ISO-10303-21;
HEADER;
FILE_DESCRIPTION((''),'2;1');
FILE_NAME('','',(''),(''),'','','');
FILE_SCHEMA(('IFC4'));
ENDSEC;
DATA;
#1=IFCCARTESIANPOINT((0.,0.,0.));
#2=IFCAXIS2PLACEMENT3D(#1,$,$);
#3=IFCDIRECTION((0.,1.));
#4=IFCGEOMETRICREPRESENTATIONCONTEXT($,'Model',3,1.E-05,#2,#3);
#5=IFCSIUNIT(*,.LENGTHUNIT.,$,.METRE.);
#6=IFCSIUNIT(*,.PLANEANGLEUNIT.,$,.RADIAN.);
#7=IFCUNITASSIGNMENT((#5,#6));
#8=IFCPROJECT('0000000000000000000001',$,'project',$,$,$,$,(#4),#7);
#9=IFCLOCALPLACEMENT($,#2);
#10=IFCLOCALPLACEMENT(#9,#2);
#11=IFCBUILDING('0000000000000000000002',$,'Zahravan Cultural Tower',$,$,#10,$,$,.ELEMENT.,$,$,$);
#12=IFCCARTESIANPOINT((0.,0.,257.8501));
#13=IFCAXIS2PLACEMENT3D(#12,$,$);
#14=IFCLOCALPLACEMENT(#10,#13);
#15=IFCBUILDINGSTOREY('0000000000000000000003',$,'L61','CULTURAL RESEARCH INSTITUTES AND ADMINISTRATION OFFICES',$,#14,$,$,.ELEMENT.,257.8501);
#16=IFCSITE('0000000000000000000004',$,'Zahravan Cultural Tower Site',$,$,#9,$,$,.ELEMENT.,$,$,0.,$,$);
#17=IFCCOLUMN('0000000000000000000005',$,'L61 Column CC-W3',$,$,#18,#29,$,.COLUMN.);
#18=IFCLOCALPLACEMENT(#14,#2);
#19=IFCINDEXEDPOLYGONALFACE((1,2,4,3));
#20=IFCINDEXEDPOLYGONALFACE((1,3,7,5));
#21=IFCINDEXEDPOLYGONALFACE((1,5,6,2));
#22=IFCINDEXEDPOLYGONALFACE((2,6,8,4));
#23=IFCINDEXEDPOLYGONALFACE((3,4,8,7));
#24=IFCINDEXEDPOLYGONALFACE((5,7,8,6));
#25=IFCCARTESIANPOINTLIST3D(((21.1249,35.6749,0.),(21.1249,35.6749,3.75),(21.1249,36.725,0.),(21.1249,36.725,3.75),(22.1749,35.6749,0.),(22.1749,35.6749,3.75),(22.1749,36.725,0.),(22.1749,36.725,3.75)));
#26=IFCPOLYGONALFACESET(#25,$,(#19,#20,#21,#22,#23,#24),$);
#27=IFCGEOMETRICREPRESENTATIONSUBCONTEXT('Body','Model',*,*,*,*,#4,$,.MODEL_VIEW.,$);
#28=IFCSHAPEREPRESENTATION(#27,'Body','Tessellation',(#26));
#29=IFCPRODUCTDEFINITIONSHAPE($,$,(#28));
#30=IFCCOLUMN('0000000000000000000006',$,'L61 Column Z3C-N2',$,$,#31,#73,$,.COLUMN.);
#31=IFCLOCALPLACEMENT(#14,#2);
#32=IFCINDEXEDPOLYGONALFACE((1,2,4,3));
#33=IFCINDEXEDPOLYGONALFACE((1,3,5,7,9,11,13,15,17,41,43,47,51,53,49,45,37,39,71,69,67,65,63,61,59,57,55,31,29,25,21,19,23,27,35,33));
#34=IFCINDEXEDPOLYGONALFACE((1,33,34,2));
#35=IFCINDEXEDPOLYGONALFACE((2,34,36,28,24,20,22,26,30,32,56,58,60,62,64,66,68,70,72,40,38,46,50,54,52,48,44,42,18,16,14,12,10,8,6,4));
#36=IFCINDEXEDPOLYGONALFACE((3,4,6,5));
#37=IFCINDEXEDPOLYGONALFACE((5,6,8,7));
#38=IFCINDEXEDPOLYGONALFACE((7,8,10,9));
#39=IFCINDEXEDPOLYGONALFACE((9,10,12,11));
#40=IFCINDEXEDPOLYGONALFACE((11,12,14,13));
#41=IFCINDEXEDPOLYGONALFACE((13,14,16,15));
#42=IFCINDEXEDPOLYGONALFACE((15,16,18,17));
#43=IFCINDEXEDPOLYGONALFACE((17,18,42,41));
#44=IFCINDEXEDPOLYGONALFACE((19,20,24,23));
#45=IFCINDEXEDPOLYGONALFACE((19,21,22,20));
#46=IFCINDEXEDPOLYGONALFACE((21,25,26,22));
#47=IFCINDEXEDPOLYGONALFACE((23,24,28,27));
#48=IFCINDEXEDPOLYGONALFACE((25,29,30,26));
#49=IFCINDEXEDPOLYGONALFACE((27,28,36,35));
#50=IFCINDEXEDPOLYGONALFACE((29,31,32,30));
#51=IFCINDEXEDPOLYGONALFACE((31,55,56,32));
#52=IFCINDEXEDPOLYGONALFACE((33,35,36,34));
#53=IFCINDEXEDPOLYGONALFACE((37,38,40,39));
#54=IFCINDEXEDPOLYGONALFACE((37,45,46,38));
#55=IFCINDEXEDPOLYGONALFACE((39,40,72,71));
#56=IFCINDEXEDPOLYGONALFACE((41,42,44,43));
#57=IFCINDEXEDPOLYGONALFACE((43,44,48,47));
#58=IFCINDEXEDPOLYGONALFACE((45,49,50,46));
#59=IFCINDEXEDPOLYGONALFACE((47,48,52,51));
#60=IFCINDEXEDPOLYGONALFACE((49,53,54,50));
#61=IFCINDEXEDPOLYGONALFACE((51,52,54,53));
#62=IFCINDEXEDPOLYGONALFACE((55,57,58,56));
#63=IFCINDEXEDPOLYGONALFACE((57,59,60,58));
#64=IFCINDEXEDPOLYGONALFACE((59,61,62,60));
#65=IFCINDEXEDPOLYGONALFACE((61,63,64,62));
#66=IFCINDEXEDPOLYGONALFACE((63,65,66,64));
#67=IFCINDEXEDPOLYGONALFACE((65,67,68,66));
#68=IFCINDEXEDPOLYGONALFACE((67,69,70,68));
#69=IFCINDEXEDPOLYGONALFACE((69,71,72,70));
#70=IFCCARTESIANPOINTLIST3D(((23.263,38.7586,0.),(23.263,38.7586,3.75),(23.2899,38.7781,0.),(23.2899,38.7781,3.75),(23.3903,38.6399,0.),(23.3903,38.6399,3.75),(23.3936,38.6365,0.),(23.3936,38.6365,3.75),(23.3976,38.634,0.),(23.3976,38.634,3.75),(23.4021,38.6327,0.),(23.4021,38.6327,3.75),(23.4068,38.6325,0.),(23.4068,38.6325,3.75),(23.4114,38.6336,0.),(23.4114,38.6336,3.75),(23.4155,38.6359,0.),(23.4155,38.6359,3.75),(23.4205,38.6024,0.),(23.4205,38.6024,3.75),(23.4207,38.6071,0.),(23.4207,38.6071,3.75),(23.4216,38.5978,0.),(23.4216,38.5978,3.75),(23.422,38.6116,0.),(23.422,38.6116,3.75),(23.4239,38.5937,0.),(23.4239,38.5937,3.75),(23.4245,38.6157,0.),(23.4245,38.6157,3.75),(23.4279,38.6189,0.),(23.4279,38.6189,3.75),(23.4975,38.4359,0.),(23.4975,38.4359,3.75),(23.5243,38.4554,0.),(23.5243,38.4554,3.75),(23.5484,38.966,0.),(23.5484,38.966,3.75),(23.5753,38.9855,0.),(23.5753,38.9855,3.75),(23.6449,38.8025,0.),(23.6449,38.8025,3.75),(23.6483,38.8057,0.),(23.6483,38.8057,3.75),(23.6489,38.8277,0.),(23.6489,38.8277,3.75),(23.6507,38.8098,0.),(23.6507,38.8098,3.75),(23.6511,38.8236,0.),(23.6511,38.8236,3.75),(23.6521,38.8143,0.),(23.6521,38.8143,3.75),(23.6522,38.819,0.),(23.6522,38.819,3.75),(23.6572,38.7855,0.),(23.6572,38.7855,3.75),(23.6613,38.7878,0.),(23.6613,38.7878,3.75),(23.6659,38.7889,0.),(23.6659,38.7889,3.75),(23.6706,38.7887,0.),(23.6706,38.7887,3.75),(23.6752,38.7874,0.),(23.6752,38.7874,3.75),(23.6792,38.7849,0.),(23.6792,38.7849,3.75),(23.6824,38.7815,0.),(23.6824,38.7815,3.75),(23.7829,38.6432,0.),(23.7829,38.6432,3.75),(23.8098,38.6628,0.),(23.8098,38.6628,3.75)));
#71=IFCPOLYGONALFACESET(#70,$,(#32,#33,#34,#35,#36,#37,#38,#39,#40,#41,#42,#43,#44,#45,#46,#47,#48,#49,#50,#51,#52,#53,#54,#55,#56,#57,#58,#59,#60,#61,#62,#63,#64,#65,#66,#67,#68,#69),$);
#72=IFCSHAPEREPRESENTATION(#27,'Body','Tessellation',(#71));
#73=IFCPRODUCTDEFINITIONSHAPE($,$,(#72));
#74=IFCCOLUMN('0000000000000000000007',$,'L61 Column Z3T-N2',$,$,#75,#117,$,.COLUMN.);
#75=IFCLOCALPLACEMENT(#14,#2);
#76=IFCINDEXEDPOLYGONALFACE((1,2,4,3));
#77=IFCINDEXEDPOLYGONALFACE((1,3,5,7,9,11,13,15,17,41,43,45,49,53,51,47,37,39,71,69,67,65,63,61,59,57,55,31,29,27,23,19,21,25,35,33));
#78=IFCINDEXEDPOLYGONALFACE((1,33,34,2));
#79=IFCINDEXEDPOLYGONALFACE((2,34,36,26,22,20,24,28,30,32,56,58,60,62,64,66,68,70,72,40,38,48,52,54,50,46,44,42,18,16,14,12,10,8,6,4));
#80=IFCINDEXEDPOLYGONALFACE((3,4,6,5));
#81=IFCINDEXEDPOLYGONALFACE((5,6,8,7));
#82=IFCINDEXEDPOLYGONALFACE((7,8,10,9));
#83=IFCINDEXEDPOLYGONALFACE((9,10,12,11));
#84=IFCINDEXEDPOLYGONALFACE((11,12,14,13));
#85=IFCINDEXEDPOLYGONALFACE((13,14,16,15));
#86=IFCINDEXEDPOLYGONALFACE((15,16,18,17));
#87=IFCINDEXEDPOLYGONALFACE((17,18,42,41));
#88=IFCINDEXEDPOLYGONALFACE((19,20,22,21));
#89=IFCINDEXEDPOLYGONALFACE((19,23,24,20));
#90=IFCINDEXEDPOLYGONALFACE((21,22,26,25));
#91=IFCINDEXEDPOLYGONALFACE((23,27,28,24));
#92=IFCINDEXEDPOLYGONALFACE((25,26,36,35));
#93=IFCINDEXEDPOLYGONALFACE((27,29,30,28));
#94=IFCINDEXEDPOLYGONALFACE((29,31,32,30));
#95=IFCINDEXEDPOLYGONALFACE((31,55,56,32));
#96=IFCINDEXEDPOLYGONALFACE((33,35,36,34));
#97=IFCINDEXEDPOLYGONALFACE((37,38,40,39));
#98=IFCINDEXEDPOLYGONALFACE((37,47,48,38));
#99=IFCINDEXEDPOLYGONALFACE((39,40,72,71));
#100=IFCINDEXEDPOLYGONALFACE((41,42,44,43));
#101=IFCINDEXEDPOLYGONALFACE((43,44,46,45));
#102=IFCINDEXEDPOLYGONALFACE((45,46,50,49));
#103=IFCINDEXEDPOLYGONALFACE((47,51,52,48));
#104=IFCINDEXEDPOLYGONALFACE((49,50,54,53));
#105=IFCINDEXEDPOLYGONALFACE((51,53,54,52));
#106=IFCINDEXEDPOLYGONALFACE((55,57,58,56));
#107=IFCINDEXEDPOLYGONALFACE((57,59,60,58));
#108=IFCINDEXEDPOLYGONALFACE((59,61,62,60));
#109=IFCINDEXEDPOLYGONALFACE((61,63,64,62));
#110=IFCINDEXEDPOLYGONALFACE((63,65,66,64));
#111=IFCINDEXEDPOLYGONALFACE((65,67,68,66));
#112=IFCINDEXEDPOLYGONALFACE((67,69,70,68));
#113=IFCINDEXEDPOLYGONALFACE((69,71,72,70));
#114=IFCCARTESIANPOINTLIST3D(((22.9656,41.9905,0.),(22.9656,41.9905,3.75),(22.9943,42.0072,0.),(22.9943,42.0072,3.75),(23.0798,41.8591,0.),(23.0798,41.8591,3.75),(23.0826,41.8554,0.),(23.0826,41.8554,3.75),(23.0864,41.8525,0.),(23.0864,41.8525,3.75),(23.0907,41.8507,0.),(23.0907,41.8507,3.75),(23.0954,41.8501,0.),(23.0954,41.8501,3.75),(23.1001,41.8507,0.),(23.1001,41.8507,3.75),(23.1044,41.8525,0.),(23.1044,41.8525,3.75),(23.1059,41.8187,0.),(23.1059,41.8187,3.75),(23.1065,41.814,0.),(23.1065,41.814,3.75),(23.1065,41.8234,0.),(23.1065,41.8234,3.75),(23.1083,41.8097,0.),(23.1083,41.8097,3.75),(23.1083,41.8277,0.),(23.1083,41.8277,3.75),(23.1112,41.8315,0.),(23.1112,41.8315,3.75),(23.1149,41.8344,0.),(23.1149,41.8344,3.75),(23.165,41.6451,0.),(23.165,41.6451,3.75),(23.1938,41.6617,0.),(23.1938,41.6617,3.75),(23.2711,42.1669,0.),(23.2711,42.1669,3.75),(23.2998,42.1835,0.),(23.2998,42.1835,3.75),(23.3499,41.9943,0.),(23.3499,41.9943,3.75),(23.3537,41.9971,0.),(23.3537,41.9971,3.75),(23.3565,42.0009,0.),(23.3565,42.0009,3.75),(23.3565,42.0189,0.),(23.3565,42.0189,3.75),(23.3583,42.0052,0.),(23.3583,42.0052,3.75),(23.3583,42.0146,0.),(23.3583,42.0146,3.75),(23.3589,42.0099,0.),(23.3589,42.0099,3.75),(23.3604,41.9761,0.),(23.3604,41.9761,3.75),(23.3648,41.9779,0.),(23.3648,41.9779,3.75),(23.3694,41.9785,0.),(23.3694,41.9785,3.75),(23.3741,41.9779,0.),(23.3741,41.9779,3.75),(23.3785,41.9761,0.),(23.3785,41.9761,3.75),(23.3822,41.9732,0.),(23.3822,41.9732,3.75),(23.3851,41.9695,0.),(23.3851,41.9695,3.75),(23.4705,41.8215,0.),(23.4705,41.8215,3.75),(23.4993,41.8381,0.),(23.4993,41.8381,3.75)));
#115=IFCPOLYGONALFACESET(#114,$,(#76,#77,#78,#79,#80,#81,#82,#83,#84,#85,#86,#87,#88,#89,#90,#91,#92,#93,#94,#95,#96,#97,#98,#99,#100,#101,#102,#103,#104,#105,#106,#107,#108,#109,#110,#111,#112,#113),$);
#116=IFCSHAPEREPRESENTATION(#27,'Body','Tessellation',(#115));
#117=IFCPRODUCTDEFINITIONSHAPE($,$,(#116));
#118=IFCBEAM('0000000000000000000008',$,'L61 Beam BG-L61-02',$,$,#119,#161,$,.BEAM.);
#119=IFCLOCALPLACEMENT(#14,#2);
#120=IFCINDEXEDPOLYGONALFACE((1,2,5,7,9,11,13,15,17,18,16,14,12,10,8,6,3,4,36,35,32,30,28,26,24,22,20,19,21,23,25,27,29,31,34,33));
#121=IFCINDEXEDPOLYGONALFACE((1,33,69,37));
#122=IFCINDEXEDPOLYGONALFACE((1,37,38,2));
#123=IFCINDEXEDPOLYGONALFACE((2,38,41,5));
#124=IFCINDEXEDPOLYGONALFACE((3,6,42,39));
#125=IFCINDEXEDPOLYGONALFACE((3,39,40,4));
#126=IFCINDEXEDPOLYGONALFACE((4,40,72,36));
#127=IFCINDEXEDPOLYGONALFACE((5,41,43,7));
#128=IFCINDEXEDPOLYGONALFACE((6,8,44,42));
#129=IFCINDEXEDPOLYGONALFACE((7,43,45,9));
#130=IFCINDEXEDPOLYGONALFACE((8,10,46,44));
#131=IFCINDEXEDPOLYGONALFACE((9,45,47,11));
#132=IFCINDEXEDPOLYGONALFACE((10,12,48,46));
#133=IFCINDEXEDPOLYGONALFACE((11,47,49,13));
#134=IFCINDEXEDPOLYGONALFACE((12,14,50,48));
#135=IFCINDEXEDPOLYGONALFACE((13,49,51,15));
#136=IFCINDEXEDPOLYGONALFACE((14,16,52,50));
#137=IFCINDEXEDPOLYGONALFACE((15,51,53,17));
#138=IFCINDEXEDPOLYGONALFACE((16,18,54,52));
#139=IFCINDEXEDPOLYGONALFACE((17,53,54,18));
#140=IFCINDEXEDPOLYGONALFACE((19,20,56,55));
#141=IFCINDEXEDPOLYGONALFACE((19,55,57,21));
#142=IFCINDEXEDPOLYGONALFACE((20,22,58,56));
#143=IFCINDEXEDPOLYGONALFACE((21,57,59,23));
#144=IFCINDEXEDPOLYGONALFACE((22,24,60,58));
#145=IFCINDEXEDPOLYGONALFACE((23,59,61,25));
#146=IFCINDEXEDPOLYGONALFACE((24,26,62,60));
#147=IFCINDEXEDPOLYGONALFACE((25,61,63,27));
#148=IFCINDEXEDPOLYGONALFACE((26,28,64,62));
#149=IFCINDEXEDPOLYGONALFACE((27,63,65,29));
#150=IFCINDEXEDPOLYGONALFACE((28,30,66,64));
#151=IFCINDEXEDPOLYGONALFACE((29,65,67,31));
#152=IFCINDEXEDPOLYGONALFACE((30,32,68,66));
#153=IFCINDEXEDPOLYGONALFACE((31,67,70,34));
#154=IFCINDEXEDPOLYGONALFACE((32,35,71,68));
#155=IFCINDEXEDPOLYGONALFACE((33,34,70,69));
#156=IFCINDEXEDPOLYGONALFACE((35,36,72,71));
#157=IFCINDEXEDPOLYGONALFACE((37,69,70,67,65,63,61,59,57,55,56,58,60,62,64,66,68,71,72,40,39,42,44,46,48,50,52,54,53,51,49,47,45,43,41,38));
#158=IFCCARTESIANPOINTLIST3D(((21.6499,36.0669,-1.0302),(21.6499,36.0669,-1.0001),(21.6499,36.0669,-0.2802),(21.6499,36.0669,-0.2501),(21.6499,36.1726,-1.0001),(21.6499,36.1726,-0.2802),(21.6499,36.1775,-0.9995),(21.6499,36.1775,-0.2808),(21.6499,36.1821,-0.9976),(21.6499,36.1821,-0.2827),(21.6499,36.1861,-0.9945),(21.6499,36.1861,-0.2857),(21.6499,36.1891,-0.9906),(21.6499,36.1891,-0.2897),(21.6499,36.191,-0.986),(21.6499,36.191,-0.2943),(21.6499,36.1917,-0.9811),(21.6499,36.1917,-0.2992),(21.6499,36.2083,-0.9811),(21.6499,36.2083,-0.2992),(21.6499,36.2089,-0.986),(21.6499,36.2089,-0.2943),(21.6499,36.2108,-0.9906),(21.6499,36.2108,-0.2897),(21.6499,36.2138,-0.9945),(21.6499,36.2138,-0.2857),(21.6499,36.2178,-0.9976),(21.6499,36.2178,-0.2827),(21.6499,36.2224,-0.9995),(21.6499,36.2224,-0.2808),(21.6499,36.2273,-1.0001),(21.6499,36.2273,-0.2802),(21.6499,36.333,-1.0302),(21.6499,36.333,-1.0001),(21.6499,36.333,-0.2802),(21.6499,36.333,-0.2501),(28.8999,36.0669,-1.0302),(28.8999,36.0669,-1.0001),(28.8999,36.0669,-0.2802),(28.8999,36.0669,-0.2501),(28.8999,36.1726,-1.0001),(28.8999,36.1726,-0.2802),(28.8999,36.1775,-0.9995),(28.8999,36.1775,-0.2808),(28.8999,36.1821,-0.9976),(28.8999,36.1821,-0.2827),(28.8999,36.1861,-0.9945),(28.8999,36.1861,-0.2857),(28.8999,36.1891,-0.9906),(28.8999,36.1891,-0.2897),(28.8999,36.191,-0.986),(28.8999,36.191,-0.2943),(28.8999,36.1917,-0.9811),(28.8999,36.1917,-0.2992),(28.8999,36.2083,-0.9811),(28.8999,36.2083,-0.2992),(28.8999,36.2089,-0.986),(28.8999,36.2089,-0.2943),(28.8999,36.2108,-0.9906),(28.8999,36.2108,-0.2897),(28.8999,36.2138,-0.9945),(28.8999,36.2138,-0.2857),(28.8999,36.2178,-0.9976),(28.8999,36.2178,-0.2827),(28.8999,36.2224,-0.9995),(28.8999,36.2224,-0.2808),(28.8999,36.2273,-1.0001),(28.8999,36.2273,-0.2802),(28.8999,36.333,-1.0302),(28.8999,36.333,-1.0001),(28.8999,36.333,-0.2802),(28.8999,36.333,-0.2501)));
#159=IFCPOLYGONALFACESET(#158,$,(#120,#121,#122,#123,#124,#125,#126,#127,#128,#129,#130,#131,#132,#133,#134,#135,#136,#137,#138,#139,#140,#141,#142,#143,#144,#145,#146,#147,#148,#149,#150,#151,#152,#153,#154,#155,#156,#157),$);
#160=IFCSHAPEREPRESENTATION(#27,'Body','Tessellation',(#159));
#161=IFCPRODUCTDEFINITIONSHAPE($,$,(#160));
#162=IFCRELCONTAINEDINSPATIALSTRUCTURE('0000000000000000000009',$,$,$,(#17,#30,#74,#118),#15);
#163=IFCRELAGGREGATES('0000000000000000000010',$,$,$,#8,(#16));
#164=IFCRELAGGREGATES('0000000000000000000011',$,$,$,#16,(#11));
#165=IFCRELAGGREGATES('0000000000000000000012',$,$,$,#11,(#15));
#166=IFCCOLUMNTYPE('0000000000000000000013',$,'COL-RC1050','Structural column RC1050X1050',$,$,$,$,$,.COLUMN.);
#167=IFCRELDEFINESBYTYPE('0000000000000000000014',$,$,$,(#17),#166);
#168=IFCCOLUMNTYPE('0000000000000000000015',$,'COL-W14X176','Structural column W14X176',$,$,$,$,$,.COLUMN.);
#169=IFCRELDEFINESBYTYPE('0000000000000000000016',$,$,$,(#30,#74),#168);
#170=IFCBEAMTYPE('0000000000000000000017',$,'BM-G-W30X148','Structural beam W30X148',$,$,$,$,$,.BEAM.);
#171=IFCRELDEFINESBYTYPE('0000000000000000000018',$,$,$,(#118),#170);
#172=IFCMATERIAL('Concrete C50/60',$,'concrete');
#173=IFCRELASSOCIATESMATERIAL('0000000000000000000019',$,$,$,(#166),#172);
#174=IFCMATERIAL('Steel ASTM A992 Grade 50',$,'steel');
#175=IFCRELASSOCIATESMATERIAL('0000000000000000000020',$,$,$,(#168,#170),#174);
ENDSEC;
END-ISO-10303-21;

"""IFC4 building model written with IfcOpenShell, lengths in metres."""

from ifc_helpers import new_model, si_unit, direction, frame, origin, origin_2d, place, context, subcontext, project, spatial, rectangle, i_section, extrude, source, transform, mapped, material, material_profile, profile_set, type_object, element, save


model = new_model("IFC4")

# Units and contexts
model_context = context("Model", 3, precision=1e-05, world=origin(), true_north=direction((0.0, 1.0)))
body_context = subcontext(model_context, "Body", "Model", "MODEL_VIEW")
ifc_project = project(units=[si_unit("LENGTHUNIT", "METRE"), si_unit("PLANEANGLEUNIT", "RADIAN")], contexts=[model_context])

# Site, building, storey
site_placement = place(None, origin())
site = spatial("IfcSite", under=ifc_project, at=site_placement, Name="Zahravan Cultural Tower Site", CompositionType="ELEMENT", RefElevation=0.0)
building_placement = place(site_placement, origin())
building = spatial("IfcBuilding", under=site, at=building_placement, Name="Zahravan Cultural Tower", CompositionType="ELEMENT")
storey_placement = place(building_placement, frame((0.0, 0.0, 257.8501)))
storey = spatial("IfcBuildingStorey", under=building, at=storey_placement, Name="L61", Description="CULTURAL RESEARCH INSTITUTES AND ADMINISTRATION OFFICES", CompositionType="ELEMENT", Elevation=257.8501)

# Columns
ifc_material_1 = material(Name="Concrete C50/60", Category="concrete")
ifc_material_profile_1 = material_profile(ifc_material_1, rectangle(XDim=1.05, YDim=1.05, at=origin_2d()), Name="RC1050X1050")
ifc_profile_set_1 = profile_set([ifc_material_profile_1], Name="Concrete C50/60")
column_type_1 = type_object("IfcColumnType", Name="COL-RC1050", Description="Structural column RC1050X1050", PredefinedType="COLUMN", material=ifc_profile_set_1)
shared_shape_1 = source(origin(), body_context, "Body", "SweptSolid", [
    extrude(rectangle(XDim=1.05, YDim=1.05, at=origin_2d()), origin(), (0.0, 0.0, 1.0), 3.75),
])
column_placement = place(storey_placement, frame((21.6499, 36.2, 0.0), z_axis=(0.0, 0.0, 1.0), x_axis=(1.0, 0.0, 0.0)))
element("IfcColumn", 1, at=column_placement, inside=storey, type_object=column_type_1, Name="L61 Column CC-W3", PredefinedType="COLUMN", context=body_context, shape_type="MappedRepresentation", body=[
    mapped(shared_shape_1, transform((0.0, 0.0, 0.0), x_axis=(1.0, 0.0, 0.0), y_axis=(0.0, 1.0, 0.0), z_axis=(0.0, 0.0, 1.0), scale=1.0)),
])
ifc_material_2 = material(Name="Steel ASTM A992 Grade 50", Category="steel")
ifc_material_profile_2 = material_profile(ifc_material_2, i_section(OverallWidth=0.3989, OverallDepth=0.386, WebThickness=0.021, FlangeThickness=0.0332, FilletRadius=0.0181, at=origin_2d()), Name="W14X176")
ifc_profile_set_2 = profile_set([ifc_material_profile_2], Name="Steel ASTM A992 Grade 50")
column_type_2 = type_object("IfcColumnType", Name="COL-W14X176", Description="Structural column W14X176", PredefinedType="COLUMN", material=ifc_profile_set_2)
shared_shape_2 = source(origin(), body_context, "Body", "SweptSolid", [
    extrude(i_section(OverallWidth=0.3989, OverallDepth=0.386, WebThickness=0.021, FlangeThickness=0.0332, FilletRadius=0.0181, at=origin_2d()), origin(), (0.0, 0.0, 1.0), 3.75),
])
for number, where, z_axis, x_axis, name in (
    (2, (23.5364, 38.7107, 0.0), (0.0, 0.0, 1.0), (-0.587785, 0.809017, 0.0), "L61 Column Z3C-N2"),
    (3, (23.2324, 41.9143, 0.0), (0.0, 0.0, 1.0), (-0.5, 0.866025, 0.0), "L61 Column Z3T-N2"),
):
    element("IfcColumn", number, at=place(storey_placement, frame(where, z_axis=z_axis, x_axis=x_axis)), inside=storey, type_object=column_type_2, Name=name, PredefinedType="COLUMN", context=body_context, shape_type="MappedRepresentation", body=[
        mapped(shared_shape_2, transform((0.0, 0.0, 0.0), x_axis=(1.0, 0.0, 0.0), y_axis=(0.0, 1.0, 0.0), z_axis=(0.0, 0.0, 1.0), scale=1.0)),
    ])

# Beam
ifc_material_profile_3 = material_profile(ifc_material_2, i_section(OverallWidth=0.2661, OverallDepth=0.78, WebThickness=0.0166, FlangeThickness=0.03, FilletRadius=0.019, at=origin_2d()), Name="W30X148")
ifc_profile_set_3 = profile_set([ifc_material_profile_3], Name="Steel ASTM A992 Grade 50")
beam_type_1 = type_object("IfcBeamType", Name="BM-G-W30X148", Description="Structural beam W30X148", PredefinedType="BEAM", material=ifc_profile_set_3)
shared_shape_3 = source(origin(), body_context, "Body", "SweptSolid", [
    extrude(i_section(OverallWidth=0.2661, OverallDepth=0.78, WebThickness=0.0166, FlangeThickness=0.03, FilletRadius=0.019, at=origin_2d()), origin(), (0.0, 0.0, 1.0), 7.25),
])
beam_1_placement = place(storey_placement, frame((21.6499, 36.2, -0.6401), z_axis=(1.0, 0.0, 0.0), x_axis=(0.0, 1.0, 0.0)))
element("IfcBeam", 4, at=beam_1_placement, inside=storey, type_object=beam_type_1, Name="L61 Beam BG-L61-02", PredefinedType="BEAM", context=body_context, shape_type="MappedRepresentation", body=[
    mapped(shared_shape_3, transform((0.0, 0.0, 0.0), x_axis=(1.0, 0.0, 0.0), y_axis=(0.0, 1.0, 0.0), z_axis=(0.0, 0.0, 1.0), scale=1.0)),
])

save(model, "model.ifc")
